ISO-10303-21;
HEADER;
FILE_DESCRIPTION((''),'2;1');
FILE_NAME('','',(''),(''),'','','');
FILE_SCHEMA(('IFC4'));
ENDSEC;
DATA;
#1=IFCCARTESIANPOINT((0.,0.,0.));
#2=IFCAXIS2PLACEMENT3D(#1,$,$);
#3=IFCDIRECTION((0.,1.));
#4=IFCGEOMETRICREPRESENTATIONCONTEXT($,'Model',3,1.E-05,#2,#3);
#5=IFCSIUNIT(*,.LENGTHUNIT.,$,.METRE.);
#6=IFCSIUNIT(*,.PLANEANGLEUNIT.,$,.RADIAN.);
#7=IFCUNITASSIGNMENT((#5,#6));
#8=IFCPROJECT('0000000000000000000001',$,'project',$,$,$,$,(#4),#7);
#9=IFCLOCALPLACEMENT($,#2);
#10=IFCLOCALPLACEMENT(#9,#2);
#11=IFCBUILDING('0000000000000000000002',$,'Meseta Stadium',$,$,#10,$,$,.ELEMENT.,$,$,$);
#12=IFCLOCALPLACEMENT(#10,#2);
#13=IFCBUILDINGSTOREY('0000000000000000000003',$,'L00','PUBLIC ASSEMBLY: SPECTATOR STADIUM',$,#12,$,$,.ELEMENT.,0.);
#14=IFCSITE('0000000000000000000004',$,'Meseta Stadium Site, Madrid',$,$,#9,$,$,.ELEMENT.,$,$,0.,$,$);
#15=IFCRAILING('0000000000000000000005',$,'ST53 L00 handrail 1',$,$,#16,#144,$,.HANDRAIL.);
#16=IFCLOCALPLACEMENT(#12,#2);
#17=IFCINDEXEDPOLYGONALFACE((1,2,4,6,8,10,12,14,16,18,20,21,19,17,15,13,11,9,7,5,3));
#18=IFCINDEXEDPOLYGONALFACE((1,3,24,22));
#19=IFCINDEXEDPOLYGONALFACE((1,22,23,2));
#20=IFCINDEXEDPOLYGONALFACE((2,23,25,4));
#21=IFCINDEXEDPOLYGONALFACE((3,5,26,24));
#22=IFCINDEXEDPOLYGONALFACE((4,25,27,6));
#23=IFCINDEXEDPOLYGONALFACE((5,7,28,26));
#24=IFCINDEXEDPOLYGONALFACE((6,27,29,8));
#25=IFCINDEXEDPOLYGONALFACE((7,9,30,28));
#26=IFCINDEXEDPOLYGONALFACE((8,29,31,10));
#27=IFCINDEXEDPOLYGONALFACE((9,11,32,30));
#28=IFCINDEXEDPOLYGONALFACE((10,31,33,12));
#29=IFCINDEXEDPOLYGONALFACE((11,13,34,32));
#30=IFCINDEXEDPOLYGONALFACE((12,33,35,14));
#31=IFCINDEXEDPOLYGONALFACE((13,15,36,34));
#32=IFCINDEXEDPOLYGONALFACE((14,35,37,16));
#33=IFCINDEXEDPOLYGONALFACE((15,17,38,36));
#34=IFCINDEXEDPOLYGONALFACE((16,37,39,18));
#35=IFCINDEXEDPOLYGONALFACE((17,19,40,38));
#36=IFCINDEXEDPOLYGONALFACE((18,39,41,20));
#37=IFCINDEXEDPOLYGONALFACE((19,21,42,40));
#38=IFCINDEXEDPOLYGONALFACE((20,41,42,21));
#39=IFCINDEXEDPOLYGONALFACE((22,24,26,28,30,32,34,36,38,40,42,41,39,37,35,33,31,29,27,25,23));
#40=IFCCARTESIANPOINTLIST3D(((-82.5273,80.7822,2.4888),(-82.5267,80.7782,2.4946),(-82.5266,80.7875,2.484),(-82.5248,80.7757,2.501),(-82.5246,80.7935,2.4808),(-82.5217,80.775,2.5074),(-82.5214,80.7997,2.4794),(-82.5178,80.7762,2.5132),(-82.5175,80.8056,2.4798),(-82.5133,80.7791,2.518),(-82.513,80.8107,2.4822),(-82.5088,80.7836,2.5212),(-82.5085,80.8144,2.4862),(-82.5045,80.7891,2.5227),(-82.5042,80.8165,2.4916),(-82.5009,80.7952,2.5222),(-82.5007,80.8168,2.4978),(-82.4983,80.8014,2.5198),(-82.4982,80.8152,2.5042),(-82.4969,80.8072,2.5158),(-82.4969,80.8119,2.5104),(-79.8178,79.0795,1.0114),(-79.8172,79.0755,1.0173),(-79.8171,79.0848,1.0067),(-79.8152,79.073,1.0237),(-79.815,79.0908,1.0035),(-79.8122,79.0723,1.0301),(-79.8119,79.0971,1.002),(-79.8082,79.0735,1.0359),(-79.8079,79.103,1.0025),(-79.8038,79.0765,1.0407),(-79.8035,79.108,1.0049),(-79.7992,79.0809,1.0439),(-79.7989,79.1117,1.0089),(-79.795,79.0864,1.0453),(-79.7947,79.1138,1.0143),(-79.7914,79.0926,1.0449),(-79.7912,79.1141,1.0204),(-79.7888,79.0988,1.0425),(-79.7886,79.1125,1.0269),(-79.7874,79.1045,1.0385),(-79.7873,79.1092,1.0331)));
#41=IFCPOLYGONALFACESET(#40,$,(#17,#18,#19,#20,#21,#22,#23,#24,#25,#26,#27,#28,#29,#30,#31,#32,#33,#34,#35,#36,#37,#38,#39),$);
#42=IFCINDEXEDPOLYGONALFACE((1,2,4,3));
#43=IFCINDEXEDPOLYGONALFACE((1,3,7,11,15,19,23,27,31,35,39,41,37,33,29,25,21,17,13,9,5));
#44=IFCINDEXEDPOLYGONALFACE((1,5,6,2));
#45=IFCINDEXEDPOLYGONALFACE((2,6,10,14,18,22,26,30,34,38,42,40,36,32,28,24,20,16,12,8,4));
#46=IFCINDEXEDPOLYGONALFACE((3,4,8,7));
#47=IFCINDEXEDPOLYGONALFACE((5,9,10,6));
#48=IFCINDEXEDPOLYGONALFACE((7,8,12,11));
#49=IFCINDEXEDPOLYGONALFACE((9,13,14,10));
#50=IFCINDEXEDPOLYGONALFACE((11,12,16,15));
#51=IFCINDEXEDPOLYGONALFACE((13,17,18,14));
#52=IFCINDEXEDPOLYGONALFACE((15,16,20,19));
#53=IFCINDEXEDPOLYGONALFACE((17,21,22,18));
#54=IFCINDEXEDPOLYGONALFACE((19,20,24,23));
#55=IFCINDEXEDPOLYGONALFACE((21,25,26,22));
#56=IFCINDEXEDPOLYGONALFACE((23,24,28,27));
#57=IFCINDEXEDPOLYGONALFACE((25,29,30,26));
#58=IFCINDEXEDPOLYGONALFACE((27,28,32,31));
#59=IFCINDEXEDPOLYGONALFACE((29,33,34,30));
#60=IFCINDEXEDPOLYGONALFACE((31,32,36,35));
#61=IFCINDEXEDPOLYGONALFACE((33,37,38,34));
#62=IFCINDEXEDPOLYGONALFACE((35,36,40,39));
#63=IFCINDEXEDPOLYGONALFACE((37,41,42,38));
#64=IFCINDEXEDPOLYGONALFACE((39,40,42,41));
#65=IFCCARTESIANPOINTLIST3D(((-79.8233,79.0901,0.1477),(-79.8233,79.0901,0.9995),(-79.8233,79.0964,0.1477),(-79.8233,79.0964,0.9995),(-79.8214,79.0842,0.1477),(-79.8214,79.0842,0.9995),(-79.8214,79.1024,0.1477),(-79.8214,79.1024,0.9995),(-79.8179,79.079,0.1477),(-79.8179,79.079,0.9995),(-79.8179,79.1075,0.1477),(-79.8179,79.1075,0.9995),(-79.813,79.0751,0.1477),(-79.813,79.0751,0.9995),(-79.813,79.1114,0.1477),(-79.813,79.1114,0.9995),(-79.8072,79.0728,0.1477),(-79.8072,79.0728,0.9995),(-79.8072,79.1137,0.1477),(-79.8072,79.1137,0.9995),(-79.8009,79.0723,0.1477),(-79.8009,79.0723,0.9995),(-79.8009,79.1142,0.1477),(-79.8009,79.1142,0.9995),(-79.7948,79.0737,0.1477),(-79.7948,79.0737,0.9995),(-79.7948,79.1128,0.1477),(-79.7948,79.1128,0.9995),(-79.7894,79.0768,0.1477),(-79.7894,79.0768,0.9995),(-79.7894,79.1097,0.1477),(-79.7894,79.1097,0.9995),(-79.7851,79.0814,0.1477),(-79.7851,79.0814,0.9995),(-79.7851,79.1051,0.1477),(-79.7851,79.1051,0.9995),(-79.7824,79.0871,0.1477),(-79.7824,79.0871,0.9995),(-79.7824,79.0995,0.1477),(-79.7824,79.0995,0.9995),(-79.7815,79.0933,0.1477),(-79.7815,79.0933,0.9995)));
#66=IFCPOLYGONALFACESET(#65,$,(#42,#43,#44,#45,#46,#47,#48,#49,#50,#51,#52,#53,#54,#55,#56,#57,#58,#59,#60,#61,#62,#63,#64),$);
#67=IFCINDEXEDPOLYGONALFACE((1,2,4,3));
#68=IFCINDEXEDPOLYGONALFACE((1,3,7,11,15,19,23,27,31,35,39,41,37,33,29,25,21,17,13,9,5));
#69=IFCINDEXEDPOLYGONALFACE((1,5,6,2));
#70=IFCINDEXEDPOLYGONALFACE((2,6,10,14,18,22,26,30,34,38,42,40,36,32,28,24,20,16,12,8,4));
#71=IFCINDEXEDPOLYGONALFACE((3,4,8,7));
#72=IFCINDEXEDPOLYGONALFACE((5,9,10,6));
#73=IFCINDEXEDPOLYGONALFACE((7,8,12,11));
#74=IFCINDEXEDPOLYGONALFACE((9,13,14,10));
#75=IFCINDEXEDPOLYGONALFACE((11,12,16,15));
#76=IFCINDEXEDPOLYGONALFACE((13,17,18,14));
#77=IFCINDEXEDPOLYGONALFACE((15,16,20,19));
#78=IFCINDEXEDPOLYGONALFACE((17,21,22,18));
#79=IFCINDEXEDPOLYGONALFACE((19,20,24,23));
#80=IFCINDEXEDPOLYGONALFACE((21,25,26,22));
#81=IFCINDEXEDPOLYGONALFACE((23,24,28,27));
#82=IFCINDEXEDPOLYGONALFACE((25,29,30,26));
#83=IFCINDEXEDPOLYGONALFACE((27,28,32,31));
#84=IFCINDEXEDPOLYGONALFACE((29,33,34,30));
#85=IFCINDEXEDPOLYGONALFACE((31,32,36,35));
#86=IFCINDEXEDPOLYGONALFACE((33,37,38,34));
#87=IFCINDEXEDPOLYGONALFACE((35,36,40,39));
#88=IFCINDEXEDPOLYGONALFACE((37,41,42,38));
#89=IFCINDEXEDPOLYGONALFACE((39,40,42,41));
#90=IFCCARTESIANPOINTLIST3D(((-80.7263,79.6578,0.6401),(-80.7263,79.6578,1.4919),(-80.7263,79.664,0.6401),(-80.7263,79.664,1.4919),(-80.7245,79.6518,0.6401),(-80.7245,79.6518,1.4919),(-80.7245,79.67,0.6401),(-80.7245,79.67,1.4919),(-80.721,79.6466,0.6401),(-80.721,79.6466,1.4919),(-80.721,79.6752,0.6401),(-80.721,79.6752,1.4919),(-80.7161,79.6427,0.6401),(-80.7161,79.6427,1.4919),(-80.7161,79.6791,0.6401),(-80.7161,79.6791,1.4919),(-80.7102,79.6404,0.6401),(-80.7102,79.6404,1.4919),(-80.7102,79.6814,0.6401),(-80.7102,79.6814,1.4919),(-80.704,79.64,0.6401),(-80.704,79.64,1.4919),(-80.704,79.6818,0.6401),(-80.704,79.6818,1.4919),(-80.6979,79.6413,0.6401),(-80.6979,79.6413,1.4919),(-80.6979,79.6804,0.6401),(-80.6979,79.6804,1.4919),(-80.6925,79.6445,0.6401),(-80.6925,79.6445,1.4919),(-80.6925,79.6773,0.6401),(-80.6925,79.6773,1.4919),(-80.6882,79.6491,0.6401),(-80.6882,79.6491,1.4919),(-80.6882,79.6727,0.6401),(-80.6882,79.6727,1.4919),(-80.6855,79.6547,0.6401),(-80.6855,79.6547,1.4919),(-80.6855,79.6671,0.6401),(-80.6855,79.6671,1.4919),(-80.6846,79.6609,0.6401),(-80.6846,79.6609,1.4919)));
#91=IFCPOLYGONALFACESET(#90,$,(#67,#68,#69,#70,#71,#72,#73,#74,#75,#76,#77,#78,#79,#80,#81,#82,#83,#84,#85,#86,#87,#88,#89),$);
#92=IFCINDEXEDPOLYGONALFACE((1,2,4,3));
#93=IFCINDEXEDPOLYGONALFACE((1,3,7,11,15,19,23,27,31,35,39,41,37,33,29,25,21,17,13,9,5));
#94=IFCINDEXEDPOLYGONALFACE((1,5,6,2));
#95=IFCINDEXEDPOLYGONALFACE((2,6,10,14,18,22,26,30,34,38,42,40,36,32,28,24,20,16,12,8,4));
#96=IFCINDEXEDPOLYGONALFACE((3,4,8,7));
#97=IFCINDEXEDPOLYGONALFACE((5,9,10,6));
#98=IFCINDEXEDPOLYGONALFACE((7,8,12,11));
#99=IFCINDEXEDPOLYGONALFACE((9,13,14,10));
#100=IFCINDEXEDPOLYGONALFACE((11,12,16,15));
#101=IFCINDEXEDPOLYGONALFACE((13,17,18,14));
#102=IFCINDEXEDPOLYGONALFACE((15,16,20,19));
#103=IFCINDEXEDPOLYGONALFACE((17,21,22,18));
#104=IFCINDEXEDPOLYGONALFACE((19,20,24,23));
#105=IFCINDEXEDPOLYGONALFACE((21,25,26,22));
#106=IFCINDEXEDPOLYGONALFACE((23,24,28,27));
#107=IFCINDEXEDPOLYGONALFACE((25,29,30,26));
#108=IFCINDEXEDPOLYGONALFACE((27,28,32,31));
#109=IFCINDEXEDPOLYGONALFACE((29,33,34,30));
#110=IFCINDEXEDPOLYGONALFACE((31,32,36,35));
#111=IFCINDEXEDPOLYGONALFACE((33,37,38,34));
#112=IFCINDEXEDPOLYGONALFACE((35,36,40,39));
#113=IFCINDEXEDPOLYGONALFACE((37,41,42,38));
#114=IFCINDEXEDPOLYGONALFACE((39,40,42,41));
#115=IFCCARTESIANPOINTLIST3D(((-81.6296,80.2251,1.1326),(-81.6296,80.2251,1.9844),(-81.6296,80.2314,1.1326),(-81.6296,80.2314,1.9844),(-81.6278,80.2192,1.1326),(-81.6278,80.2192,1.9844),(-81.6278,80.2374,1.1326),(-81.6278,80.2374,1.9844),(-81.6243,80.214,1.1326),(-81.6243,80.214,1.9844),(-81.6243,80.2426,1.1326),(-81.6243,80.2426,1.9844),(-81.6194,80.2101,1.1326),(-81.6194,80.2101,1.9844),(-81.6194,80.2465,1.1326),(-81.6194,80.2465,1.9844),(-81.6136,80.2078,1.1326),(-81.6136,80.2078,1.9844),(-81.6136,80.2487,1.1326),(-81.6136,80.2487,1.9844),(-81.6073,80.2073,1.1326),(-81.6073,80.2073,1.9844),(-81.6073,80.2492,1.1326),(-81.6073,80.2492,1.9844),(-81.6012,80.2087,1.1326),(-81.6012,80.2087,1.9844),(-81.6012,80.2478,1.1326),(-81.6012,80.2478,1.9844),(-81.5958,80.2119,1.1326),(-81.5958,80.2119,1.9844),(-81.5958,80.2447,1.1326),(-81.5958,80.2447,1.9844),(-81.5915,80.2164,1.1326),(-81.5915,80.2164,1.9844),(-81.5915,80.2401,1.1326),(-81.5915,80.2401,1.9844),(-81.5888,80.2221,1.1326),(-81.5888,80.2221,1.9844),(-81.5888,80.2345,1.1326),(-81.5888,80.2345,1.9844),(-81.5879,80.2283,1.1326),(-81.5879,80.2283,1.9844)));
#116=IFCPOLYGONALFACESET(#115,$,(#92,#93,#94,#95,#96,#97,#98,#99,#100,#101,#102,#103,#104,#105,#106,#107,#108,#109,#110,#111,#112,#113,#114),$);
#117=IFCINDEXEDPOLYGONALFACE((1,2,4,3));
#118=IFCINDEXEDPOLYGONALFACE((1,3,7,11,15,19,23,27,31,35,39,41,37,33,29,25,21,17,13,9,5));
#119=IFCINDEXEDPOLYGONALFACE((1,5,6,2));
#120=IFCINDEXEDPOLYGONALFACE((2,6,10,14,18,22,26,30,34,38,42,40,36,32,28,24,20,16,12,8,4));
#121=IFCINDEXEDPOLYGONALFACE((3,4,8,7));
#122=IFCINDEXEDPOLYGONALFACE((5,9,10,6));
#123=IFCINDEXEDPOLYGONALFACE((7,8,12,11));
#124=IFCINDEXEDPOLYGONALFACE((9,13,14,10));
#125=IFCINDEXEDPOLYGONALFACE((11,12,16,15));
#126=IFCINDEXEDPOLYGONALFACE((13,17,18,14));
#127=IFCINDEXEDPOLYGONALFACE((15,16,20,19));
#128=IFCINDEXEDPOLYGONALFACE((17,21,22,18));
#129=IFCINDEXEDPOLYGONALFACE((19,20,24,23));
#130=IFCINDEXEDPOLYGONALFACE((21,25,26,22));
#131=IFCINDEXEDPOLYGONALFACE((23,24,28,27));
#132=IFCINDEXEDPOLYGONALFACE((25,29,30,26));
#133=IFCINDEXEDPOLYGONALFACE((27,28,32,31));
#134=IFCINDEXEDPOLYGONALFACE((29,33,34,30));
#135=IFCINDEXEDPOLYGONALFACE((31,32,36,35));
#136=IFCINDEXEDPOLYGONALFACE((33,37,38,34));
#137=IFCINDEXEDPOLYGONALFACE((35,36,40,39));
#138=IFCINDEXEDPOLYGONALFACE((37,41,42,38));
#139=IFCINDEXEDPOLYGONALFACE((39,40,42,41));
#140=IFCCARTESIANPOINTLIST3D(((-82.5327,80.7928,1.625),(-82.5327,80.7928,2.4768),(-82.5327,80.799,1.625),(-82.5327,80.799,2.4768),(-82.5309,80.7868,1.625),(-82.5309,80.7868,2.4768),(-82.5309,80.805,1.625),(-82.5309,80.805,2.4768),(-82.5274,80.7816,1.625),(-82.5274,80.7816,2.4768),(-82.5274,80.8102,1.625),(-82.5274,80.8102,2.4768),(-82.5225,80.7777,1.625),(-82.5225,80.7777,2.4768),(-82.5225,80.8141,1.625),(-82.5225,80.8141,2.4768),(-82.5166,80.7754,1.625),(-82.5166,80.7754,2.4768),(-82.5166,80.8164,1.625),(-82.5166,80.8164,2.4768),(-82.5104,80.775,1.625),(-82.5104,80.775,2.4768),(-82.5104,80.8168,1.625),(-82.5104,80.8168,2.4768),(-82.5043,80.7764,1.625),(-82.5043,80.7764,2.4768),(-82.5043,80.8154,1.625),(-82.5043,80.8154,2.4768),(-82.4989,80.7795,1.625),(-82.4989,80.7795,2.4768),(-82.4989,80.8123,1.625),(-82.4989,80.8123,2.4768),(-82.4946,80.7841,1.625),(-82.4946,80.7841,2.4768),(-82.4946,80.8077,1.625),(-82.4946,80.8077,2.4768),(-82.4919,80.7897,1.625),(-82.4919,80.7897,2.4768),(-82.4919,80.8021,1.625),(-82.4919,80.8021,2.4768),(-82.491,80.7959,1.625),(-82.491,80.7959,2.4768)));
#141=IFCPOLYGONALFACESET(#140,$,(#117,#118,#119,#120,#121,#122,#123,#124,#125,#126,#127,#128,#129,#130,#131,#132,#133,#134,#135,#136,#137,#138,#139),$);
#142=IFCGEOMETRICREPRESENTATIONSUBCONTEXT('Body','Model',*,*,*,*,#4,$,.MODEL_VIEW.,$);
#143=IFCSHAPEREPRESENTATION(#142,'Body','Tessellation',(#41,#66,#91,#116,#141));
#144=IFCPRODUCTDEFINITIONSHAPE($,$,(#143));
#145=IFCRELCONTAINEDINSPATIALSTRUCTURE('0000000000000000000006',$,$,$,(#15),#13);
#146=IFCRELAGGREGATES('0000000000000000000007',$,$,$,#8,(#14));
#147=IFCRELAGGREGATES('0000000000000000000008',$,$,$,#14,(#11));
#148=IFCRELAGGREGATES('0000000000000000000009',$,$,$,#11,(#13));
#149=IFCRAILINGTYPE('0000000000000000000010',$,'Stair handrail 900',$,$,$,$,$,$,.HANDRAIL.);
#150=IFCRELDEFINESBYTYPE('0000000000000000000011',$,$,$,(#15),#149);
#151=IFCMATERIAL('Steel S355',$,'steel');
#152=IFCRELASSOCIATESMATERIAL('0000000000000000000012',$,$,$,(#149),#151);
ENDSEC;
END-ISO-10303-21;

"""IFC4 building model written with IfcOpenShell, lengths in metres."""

from ifc_helpers import new_model, si_unit, direction, frame, origin, origin_2d, place, context, subcontext, project, spatial, circle, extrude, material, type_object, element, save


model = new_model("IFC4")

# Units and contexts
model_context = context("Model", 3, precision=1e-05, world=origin(), true_north=direction((0.0, 1.0)))
body_context = subcontext(model_context, "Body", "Model", "MODEL_VIEW")
ifc_project = project(units=[si_unit("LENGTHUNIT", "METRE"), si_unit("PLANEANGLEUNIT", "RADIAN")], contexts=[model_context])

# Site, building, storey
site_placement = place(None, origin())
site = spatial("IfcSite", under=ifc_project, at=site_placement, Name="Meseta Stadium Site, Madrid", CompositionType="ELEMENT", RefElevation=0.0)
building_placement = place(site_placement, origin())
building = spatial("IfcBuilding", under=site, at=building_placement, Name="Meseta Stadium", CompositionType="ELEMENT")
storey_placement = place(building_placement, origin())
storey = spatial("IfcBuildingStorey", under=building, at=storey_placement, Name="L00", Description="PUBLIC ASSEMBLY: SPECTATOR STADIUM", CompositionType="ELEMENT", Elevation=0.0)

# Railing
ifc_material_1 = material(Name="Steel S355", Category="steel")
railing_type_1 = type_object("IfcRailingType", Name="Stair handrail 900", PredefinedType="HANDRAIL", material=ifc_material_1)
for number, where, name in (
    (1, (-79.8025, 79.0933, 0.1477), "ST53 L00 handrail 1"),
):
    element("IfcRailing", number, at=place(storey_placement, frame(where)), inside=storey, type_object=railing_type_1, Name=name, PredefinedType="HANDRAIL", context=body_context, shape_type="SweptSolid", body=[
        extrude(circle(Radius=0.0239, at=origin_2d()), frame((0.0, 0.0, 0.876), z_axis=(-0.768738, 0.483076, 0.419142), x_axis=(-0.532068, -0.846701, 0.0)), (0.0, 0.0, 1.0), 3.5247),
        extrude(circle(Radius=0.021, at=origin_2d()), origin(), (0.0, 0.0, 1.0), 0.8518),
        extrude(circle(Radius=0.021, at=origin_2d()), frame((-0.9031, 0.5676, 0.4924)), (0.0, 0.0, 1.0), 0.8518),
        extrude(circle(Radius=0.021, at=origin_2d()), frame((-1.8064, 1.135, 0.9849)), (0.0, 0.0, 1.0), 0.8518),
        extrude(circle(Radius=0.021, at=origin_2d()), frame((-2.7095, 1.7026, 1.4773)), (0.0, 0.0, 1.0), 0.8518),
    ])

save(model, "model.ifc")
